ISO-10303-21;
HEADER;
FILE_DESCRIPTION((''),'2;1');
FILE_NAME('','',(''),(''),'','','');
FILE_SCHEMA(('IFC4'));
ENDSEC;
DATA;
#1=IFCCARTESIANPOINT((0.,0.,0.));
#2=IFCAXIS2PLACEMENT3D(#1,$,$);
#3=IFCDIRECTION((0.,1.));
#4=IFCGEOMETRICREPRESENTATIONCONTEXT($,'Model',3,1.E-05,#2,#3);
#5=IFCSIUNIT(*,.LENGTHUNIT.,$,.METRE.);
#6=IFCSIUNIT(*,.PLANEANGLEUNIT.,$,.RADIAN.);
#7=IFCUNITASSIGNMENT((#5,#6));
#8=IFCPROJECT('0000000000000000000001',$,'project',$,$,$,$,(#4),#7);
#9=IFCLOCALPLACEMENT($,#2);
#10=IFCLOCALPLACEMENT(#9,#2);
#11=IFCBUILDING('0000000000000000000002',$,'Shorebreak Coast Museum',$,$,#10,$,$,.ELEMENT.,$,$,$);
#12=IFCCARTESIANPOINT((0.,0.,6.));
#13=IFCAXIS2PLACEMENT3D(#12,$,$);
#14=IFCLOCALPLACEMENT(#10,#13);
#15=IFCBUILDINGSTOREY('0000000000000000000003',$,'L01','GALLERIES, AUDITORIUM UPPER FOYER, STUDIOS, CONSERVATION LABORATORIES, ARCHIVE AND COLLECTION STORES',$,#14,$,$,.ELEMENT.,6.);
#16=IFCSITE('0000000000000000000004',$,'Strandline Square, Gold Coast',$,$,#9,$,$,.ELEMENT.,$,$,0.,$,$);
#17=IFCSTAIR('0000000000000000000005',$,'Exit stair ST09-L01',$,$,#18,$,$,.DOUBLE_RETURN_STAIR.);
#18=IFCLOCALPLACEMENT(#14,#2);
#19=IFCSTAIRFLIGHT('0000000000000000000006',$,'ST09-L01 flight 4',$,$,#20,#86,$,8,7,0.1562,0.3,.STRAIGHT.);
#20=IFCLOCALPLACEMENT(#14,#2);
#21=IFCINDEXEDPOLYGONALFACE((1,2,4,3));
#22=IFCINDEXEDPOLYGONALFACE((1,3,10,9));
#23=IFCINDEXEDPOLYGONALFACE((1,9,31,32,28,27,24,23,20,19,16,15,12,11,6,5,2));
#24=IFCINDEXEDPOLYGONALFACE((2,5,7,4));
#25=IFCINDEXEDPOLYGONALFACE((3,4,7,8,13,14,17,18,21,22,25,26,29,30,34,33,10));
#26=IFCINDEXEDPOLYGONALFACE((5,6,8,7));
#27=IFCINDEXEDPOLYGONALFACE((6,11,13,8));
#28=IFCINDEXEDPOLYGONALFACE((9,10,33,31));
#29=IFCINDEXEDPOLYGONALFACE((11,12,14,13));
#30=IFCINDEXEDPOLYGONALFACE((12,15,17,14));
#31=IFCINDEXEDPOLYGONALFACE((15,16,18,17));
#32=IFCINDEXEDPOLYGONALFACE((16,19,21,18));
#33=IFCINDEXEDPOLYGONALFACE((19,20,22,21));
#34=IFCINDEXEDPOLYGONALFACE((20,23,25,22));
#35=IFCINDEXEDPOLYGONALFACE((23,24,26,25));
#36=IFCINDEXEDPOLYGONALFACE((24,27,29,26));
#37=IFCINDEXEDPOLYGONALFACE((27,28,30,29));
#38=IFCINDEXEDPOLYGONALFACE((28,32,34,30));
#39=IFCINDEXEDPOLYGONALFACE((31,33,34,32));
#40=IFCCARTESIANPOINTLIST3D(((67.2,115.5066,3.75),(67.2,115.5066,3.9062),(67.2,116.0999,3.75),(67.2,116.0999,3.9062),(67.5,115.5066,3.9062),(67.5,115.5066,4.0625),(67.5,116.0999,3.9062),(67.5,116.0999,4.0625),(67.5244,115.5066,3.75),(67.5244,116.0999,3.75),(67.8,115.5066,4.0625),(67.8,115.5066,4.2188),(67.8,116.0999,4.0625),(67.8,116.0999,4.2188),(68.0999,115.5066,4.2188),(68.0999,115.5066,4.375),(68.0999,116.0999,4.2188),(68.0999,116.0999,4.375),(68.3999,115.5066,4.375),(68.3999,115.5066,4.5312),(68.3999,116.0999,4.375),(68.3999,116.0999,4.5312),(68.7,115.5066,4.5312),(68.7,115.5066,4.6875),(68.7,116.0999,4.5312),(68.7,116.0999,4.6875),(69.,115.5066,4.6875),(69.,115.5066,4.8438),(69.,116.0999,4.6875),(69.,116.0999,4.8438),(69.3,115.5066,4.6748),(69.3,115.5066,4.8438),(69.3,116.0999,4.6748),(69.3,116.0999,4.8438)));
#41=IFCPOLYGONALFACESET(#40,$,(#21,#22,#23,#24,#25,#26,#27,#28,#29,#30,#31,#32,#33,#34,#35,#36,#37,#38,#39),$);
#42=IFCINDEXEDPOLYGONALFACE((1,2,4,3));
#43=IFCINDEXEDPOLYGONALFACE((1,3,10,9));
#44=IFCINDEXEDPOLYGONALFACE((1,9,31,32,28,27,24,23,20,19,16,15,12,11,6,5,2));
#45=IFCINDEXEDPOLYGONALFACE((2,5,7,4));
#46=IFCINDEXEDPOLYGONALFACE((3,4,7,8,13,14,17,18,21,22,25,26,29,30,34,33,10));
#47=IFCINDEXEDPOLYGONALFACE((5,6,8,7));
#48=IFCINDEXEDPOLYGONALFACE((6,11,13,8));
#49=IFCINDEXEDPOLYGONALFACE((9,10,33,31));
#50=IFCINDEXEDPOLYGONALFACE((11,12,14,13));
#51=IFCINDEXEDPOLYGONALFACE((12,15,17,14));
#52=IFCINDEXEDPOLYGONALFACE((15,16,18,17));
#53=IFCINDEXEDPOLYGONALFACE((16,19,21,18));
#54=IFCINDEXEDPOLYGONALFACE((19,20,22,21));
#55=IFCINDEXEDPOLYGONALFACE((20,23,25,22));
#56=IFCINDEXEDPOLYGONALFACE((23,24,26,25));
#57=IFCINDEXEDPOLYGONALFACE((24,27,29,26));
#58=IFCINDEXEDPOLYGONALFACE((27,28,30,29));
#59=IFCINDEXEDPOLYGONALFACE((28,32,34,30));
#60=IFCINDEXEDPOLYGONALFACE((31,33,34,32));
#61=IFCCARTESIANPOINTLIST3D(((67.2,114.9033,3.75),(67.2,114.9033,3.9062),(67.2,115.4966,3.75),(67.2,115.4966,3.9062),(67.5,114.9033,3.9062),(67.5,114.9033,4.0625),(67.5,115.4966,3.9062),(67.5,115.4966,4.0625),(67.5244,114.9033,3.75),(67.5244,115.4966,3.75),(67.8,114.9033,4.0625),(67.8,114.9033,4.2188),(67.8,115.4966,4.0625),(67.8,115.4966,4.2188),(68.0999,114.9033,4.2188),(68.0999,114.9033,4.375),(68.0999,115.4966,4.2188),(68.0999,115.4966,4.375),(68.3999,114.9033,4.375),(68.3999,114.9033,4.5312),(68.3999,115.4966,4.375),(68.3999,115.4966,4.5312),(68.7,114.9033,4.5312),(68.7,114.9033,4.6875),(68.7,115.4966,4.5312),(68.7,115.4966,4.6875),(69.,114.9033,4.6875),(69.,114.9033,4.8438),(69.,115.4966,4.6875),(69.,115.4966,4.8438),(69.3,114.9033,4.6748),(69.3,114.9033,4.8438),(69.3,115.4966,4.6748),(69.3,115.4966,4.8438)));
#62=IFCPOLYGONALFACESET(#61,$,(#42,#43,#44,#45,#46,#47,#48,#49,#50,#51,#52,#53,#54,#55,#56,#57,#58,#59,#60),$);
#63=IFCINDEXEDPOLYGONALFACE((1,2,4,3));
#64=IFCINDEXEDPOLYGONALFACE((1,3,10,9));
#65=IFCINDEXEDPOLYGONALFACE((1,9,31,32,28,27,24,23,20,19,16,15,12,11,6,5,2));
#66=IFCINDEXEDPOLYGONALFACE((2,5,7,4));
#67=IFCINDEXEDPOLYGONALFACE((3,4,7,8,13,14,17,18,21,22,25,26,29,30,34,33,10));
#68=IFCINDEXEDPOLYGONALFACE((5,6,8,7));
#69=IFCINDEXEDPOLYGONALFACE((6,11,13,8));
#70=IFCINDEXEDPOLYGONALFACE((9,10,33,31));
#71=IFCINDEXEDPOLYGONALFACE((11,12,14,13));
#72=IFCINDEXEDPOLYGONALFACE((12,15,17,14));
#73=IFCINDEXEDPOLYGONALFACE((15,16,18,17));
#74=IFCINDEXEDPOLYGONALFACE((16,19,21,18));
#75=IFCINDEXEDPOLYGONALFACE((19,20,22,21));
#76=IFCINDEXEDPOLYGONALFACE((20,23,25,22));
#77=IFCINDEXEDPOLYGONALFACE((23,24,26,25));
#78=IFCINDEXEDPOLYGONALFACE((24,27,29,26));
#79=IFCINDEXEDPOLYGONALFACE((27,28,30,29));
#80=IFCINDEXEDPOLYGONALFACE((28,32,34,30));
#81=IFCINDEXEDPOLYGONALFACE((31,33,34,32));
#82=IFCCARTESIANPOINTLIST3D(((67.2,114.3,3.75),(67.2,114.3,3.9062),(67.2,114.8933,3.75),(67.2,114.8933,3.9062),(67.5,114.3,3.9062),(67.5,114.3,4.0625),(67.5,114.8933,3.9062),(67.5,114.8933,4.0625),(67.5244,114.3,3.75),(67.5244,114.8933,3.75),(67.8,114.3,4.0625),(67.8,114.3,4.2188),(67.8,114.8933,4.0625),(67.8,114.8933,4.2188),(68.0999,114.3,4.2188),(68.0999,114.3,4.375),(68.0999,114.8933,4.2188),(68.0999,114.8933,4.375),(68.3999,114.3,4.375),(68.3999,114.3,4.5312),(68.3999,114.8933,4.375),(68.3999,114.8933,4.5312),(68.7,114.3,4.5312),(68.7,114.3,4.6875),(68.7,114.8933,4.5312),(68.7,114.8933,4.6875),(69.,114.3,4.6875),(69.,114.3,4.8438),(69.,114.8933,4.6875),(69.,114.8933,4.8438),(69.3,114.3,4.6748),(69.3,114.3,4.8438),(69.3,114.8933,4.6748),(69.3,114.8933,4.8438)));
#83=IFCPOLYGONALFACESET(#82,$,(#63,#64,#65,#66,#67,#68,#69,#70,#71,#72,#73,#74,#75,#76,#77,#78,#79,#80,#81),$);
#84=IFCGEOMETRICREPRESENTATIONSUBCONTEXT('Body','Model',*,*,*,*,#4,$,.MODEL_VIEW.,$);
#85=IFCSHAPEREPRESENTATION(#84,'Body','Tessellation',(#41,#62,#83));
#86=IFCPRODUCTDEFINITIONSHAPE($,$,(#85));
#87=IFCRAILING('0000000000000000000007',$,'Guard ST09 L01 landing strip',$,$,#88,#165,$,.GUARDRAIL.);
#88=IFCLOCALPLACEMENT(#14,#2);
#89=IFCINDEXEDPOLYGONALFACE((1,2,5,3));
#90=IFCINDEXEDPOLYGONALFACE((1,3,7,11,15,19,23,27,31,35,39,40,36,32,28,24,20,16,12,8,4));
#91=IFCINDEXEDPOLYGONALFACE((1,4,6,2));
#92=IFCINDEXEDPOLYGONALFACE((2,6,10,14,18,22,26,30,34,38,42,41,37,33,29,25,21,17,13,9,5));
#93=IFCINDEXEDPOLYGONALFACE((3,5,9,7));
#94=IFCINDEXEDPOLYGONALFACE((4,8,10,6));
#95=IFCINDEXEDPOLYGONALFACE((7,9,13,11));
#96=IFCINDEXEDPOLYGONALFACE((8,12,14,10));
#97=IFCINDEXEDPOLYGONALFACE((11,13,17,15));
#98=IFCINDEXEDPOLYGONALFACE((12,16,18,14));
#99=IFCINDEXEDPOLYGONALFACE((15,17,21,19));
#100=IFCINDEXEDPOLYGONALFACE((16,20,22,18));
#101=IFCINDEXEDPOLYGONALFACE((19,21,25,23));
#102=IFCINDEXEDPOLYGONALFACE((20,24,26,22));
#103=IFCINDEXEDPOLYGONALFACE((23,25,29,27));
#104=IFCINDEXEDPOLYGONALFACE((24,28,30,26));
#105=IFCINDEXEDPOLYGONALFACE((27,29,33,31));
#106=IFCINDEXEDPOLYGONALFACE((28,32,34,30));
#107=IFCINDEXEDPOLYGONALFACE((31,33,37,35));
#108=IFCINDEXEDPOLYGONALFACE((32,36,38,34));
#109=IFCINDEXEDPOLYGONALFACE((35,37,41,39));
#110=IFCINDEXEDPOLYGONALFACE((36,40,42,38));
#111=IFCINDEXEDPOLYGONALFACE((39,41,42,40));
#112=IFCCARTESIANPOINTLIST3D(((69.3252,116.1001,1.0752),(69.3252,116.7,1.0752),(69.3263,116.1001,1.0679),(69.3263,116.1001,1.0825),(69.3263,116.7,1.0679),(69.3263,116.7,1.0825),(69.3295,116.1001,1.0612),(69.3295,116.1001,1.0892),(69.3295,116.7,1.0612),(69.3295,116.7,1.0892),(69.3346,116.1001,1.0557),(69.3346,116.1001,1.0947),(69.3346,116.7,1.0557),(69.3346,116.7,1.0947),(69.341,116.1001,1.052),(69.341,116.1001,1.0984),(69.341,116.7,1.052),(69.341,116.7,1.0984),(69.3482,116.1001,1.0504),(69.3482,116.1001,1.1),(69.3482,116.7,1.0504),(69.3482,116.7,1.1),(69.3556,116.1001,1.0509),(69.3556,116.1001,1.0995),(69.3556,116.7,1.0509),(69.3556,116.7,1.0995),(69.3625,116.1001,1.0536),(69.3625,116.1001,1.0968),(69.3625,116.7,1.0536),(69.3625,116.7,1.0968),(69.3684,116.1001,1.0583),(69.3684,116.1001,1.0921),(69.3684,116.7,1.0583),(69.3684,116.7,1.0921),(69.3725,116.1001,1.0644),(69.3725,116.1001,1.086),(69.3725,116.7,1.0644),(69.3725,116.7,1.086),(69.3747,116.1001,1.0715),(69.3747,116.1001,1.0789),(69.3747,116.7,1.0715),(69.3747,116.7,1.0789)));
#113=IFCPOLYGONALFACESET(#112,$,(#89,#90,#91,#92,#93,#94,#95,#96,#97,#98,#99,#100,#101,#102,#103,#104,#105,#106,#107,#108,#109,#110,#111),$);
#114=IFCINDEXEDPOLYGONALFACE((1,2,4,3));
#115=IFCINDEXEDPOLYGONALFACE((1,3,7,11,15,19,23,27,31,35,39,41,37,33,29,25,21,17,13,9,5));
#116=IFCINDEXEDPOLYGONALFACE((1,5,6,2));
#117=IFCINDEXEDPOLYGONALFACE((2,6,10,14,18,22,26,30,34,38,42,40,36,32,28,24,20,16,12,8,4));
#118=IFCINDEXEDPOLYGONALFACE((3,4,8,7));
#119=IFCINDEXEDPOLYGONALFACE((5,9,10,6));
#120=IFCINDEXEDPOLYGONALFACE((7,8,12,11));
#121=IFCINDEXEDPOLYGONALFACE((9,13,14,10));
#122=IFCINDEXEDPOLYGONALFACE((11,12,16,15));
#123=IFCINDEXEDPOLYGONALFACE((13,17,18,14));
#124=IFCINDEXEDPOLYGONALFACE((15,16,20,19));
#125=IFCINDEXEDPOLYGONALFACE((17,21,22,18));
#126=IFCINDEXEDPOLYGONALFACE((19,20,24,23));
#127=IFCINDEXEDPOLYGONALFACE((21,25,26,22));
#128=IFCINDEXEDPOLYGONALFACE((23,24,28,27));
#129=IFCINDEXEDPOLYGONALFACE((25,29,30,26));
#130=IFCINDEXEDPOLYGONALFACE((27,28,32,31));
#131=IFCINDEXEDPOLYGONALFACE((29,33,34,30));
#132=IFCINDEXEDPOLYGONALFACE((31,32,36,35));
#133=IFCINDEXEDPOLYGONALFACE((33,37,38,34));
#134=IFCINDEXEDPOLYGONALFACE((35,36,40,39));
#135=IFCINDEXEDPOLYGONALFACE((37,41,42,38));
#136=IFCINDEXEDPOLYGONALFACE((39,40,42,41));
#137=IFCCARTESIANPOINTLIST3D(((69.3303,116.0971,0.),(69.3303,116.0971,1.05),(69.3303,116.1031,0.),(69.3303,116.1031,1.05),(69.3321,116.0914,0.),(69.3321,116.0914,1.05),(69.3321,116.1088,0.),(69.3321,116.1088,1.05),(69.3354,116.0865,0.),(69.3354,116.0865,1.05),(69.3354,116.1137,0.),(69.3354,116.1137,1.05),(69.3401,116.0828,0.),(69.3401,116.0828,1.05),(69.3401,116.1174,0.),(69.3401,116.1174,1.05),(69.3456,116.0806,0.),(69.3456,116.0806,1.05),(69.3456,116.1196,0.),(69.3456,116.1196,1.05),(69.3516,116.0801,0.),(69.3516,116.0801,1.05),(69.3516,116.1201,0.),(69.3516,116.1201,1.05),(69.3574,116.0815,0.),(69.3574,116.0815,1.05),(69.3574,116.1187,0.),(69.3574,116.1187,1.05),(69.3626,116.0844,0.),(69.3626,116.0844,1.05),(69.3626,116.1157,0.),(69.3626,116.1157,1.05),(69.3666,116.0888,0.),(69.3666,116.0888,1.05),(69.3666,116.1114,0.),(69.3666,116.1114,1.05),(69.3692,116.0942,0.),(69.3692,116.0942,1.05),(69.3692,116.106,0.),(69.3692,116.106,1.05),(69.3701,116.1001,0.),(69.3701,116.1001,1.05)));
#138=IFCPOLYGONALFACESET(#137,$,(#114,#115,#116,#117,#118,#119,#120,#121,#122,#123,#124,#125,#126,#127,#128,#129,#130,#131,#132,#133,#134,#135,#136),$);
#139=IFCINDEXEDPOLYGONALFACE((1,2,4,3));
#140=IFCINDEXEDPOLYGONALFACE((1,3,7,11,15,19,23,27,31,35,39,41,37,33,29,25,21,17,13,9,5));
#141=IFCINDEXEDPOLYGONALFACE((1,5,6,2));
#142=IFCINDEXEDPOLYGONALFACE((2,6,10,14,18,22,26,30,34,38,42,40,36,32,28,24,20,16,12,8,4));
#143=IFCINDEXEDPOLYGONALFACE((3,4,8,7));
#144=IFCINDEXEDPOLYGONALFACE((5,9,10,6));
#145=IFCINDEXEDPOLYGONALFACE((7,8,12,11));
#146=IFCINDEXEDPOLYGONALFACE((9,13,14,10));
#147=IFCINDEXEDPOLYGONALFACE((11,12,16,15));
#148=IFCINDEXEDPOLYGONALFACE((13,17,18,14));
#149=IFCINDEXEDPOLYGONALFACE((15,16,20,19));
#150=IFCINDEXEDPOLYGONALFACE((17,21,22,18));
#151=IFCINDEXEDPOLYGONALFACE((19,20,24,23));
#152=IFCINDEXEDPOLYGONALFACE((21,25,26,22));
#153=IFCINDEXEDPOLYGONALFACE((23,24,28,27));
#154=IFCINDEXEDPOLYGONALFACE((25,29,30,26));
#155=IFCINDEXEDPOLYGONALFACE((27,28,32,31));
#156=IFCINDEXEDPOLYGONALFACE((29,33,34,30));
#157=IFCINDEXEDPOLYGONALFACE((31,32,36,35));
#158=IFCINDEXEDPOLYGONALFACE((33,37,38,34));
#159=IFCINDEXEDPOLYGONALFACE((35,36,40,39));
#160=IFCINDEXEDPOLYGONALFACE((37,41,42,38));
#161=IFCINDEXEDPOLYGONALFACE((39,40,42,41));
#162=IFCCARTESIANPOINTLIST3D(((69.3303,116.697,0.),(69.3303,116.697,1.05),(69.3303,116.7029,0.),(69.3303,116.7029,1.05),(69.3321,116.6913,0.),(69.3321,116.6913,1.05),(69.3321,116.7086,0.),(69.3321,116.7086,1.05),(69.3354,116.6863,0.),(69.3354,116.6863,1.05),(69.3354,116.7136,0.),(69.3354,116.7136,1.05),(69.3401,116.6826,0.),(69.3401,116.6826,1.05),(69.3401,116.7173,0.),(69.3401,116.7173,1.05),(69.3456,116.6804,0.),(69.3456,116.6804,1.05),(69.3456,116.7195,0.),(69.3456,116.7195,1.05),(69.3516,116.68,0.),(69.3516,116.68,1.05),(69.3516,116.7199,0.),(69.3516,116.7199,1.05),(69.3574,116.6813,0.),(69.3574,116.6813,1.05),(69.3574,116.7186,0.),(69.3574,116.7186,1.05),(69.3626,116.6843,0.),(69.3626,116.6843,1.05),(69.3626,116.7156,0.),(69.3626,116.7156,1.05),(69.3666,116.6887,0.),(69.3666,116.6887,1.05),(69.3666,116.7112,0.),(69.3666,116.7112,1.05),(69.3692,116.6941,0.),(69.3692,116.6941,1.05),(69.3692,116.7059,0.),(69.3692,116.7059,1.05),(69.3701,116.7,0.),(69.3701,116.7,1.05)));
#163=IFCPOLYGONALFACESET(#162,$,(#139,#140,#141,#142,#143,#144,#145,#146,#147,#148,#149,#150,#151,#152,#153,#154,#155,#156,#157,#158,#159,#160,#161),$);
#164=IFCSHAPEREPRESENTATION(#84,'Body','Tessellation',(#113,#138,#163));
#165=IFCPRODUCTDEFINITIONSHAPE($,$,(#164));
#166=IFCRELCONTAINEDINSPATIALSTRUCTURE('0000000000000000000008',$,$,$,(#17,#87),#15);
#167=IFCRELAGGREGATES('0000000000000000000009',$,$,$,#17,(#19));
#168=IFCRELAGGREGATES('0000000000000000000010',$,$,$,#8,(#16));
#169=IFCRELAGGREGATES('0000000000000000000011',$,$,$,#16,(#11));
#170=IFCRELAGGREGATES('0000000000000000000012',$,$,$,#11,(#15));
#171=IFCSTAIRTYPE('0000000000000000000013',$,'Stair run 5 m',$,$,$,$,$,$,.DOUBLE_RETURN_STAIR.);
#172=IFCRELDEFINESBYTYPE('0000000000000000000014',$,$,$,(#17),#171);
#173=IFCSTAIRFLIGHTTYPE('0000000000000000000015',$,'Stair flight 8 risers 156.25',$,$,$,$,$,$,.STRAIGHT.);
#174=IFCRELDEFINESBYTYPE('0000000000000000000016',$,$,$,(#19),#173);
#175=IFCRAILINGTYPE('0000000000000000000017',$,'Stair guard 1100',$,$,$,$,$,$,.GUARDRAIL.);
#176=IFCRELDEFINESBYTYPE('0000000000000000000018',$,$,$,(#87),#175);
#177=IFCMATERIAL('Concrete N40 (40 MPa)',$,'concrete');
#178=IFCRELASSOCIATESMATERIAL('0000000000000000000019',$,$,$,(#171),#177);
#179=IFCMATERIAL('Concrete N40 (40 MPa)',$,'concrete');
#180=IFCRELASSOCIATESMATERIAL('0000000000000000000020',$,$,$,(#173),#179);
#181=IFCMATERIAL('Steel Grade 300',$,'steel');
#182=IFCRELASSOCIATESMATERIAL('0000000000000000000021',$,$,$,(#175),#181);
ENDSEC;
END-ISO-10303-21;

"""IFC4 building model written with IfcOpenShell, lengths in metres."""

from ifc_helpers import new_model, si_unit, direction, frame, origin, origin_2d, place, context, subcontext, project, spatial, polyline, circle, outline, extrude, material, type_object, element, aggregate, save


model = new_model("IFC4")

# Units and contexts
model_context = context("Model", 3, precision=1e-05, world=origin(), true_north=direction((0.0, 1.0)))
body_context = subcontext(model_context, "Body", "Model", "MODEL_VIEW")
ifc_project = project(units=[si_unit("LENGTHUNIT", "METRE"), si_unit("PLANEANGLEUNIT", "RADIAN")], contexts=[model_context])

# Site, building, storey
site_placement = place(None, origin())
site = spatial("IfcSite", under=ifc_project, at=site_placement, Name="Strandline Square, Gold Coast", CompositionType="ELEMENT", RefElevation=0.0)
building_placement = place(site_placement, origin())
building = spatial("IfcBuilding", under=site, at=building_placement, Name="Shorebreak Coast Museum", CompositionType="ELEMENT")
storey_placement = place(building_placement, frame((0.0, 0.0, 6.0)))
storey = spatial("IfcBuildingStorey", under=building, at=storey_placement, Name="L01", Description="GALLERIES, AUDITORIUM UPPER FOYER, STUDIOS, CONSERVATION LABORATORIES, ARCHIVE AND COLLECTION STORES", CompositionType="ELEMENT", Elevation=6.0)

# Stair, stair flight
ifc_material_1 = material(Name="Concrete N40 (40 MPa)", Category="concrete")
stair_type = type_object("IfcStairType", Name="Stair run 5 m", PredefinedType="DOUBLE_RETURN_STAIR", material=ifc_material_1)
stair_placement = place(storey_placement, origin())
stair = element("IfcStair", 1, at=stair_placement, inside=storey, type_object=stair_type, Name="Exit stair ST09-L01", PredefinedType="DOUBLE_RETURN_STAIR")
ifc_material_2 = material(Name="Concrete N40 (40 MPa)", Category="concrete")
stair_flight_type = type_object("IfcStairFlightType", Name="Stair flight 8 risers 156.25", PredefinedType="STRAIGHT", material=ifc_material_2)
stair_flight_placement = place(storey_placement, frame((67.2, 115.2, 3.75), z_axis=(0.0, 0.0, 1.0), x_axis=(1.0, 0.0, 0.0)))
stair_flight = element("IfcStairFlight", 2, at=stair_flight_placement, type_object=stair_flight_type, Name="ST09-L01 flight 4", NumberOfRisers=8, NumberOfTreads=7, PredefinedType="STRAIGHT", RiserHeight=0.1562, TreadLength=0.3, context=body_context, shape_type="SweptSolid", body=[
    extrude(outline(polyline([(0.0, 0.0), (0.0, 0.1562), (0.3, 0.1562), (0.3, 0.3125), (0.6001, 0.3125), (0.6001, 0.4688), (0.8999, 0.4688), (0.8999, 0.625), (1.2, 0.625), (1.2, 0.7812), (1.5, 0.7812), (1.5, 0.9375), (1.8, 0.9375), (1.8, 1.0938), (2.1001, 1.0938), (2.1001, 1.25), (2.1001, 0.9248), (0.3245, 0.0), (0.0, 0.0)])), frame((0.0, 0.8999, 0.0), z_axis=(0.0, -1.0, 0.0), x_axis=(1.0, 0.0, 0.0)), (0.0, 0.0, 1.0), 0.5933),
    extrude(outline(polyline([(0.0, 0.0), (0.0, 0.1562), (0.3, 0.1562), (0.3, 0.3125), (0.6001, 0.3125), (0.6001, 0.4688), (0.8999, 0.4688), (0.8999, 0.625), (1.2, 0.625), (1.2, 0.7812), (1.5, 0.7812), (1.5, 0.9375), (1.8, 0.9375), (1.8, 1.0938), (2.1001, 1.0938), (2.1001, 1.25), (2.1001, 0.9248), (0.3245, 0.0), (0.0, 0.0)])), frame((0.0, 0.2966, 0.0), z_axis=(0.0, -1.0, 0.0), x_axis=(1.0, 0.0, 0.0)), (0.0, 0.0, 1.0), 0.5933),
    extrude(outline(polyline([(0.0, 0.0), (0.0, 0.1562), (0.3, 0.1562), (0.3, 0.3125), (0.6001, 0.3125), (0.6001, 0.4688), (0.8999, 0.4688), (0.8999, 0.625), (1.2, 0.625), (1.2, 0.7812), (1.5, 0.7812), (1.5, 0.9375), (1.8, 0.9375), (1.8, 1.0938), (2.1001, 1.0938), (2.1001, 1.25), (2.1001, 0.9248), (0.3245, 0.0), (0.0, 0.0)])), frame((0.0, -0.3066, 0.0), z_axis=(0.0, -1.0, 0.0), x_axis=(1.0, 0.0, 0.0)), (0.0, 0.0, 1.0), 0.5933),
])
aggregate(stair, [stair_flight])

# Railing
ifc_material_3 = material(Name="Steel Grade 300", Category="steel")
railing_type_1 = type_object("IfcRailingType", Name="Stair guard 1100", PredefinedType="GUARDRAIL", material=ifc_material_3)
for number, where, name in (
    (3, (69.3501, 116.1001, 0.0), "Guard ST09 L01 landing strip"),
):
    element("IfcRailing", number, at=place(storey_placement, frame(where)), inside=storey, type_object=railing_type_1, Name=name, PredefinedType="GUARDRAIL", context=body_context, shape_type="SweptSolid", body=[
        extrude(circle(Radius=0.0249, at=origin_2d()), frame((0.0, 0.0, 1.0752), z_axis=(0.0, 1.0, 0.0), x_axis=(-1.0, 0.0, 0.0)), (0.0, 0.0, 1.0), 0.5999),
        extrude(circle(Radius=0.02, at=origin_2d()), origin(), (0.0, 0.0, 1.0), 1.05),
        extrude(circle(Radius=0.02, at=origin_2d()), frame((0.0, 0.5999, 0.0)), (0.0, 0.0, 1.0), 1.05),
    ])

save(model, "model.ifc")
